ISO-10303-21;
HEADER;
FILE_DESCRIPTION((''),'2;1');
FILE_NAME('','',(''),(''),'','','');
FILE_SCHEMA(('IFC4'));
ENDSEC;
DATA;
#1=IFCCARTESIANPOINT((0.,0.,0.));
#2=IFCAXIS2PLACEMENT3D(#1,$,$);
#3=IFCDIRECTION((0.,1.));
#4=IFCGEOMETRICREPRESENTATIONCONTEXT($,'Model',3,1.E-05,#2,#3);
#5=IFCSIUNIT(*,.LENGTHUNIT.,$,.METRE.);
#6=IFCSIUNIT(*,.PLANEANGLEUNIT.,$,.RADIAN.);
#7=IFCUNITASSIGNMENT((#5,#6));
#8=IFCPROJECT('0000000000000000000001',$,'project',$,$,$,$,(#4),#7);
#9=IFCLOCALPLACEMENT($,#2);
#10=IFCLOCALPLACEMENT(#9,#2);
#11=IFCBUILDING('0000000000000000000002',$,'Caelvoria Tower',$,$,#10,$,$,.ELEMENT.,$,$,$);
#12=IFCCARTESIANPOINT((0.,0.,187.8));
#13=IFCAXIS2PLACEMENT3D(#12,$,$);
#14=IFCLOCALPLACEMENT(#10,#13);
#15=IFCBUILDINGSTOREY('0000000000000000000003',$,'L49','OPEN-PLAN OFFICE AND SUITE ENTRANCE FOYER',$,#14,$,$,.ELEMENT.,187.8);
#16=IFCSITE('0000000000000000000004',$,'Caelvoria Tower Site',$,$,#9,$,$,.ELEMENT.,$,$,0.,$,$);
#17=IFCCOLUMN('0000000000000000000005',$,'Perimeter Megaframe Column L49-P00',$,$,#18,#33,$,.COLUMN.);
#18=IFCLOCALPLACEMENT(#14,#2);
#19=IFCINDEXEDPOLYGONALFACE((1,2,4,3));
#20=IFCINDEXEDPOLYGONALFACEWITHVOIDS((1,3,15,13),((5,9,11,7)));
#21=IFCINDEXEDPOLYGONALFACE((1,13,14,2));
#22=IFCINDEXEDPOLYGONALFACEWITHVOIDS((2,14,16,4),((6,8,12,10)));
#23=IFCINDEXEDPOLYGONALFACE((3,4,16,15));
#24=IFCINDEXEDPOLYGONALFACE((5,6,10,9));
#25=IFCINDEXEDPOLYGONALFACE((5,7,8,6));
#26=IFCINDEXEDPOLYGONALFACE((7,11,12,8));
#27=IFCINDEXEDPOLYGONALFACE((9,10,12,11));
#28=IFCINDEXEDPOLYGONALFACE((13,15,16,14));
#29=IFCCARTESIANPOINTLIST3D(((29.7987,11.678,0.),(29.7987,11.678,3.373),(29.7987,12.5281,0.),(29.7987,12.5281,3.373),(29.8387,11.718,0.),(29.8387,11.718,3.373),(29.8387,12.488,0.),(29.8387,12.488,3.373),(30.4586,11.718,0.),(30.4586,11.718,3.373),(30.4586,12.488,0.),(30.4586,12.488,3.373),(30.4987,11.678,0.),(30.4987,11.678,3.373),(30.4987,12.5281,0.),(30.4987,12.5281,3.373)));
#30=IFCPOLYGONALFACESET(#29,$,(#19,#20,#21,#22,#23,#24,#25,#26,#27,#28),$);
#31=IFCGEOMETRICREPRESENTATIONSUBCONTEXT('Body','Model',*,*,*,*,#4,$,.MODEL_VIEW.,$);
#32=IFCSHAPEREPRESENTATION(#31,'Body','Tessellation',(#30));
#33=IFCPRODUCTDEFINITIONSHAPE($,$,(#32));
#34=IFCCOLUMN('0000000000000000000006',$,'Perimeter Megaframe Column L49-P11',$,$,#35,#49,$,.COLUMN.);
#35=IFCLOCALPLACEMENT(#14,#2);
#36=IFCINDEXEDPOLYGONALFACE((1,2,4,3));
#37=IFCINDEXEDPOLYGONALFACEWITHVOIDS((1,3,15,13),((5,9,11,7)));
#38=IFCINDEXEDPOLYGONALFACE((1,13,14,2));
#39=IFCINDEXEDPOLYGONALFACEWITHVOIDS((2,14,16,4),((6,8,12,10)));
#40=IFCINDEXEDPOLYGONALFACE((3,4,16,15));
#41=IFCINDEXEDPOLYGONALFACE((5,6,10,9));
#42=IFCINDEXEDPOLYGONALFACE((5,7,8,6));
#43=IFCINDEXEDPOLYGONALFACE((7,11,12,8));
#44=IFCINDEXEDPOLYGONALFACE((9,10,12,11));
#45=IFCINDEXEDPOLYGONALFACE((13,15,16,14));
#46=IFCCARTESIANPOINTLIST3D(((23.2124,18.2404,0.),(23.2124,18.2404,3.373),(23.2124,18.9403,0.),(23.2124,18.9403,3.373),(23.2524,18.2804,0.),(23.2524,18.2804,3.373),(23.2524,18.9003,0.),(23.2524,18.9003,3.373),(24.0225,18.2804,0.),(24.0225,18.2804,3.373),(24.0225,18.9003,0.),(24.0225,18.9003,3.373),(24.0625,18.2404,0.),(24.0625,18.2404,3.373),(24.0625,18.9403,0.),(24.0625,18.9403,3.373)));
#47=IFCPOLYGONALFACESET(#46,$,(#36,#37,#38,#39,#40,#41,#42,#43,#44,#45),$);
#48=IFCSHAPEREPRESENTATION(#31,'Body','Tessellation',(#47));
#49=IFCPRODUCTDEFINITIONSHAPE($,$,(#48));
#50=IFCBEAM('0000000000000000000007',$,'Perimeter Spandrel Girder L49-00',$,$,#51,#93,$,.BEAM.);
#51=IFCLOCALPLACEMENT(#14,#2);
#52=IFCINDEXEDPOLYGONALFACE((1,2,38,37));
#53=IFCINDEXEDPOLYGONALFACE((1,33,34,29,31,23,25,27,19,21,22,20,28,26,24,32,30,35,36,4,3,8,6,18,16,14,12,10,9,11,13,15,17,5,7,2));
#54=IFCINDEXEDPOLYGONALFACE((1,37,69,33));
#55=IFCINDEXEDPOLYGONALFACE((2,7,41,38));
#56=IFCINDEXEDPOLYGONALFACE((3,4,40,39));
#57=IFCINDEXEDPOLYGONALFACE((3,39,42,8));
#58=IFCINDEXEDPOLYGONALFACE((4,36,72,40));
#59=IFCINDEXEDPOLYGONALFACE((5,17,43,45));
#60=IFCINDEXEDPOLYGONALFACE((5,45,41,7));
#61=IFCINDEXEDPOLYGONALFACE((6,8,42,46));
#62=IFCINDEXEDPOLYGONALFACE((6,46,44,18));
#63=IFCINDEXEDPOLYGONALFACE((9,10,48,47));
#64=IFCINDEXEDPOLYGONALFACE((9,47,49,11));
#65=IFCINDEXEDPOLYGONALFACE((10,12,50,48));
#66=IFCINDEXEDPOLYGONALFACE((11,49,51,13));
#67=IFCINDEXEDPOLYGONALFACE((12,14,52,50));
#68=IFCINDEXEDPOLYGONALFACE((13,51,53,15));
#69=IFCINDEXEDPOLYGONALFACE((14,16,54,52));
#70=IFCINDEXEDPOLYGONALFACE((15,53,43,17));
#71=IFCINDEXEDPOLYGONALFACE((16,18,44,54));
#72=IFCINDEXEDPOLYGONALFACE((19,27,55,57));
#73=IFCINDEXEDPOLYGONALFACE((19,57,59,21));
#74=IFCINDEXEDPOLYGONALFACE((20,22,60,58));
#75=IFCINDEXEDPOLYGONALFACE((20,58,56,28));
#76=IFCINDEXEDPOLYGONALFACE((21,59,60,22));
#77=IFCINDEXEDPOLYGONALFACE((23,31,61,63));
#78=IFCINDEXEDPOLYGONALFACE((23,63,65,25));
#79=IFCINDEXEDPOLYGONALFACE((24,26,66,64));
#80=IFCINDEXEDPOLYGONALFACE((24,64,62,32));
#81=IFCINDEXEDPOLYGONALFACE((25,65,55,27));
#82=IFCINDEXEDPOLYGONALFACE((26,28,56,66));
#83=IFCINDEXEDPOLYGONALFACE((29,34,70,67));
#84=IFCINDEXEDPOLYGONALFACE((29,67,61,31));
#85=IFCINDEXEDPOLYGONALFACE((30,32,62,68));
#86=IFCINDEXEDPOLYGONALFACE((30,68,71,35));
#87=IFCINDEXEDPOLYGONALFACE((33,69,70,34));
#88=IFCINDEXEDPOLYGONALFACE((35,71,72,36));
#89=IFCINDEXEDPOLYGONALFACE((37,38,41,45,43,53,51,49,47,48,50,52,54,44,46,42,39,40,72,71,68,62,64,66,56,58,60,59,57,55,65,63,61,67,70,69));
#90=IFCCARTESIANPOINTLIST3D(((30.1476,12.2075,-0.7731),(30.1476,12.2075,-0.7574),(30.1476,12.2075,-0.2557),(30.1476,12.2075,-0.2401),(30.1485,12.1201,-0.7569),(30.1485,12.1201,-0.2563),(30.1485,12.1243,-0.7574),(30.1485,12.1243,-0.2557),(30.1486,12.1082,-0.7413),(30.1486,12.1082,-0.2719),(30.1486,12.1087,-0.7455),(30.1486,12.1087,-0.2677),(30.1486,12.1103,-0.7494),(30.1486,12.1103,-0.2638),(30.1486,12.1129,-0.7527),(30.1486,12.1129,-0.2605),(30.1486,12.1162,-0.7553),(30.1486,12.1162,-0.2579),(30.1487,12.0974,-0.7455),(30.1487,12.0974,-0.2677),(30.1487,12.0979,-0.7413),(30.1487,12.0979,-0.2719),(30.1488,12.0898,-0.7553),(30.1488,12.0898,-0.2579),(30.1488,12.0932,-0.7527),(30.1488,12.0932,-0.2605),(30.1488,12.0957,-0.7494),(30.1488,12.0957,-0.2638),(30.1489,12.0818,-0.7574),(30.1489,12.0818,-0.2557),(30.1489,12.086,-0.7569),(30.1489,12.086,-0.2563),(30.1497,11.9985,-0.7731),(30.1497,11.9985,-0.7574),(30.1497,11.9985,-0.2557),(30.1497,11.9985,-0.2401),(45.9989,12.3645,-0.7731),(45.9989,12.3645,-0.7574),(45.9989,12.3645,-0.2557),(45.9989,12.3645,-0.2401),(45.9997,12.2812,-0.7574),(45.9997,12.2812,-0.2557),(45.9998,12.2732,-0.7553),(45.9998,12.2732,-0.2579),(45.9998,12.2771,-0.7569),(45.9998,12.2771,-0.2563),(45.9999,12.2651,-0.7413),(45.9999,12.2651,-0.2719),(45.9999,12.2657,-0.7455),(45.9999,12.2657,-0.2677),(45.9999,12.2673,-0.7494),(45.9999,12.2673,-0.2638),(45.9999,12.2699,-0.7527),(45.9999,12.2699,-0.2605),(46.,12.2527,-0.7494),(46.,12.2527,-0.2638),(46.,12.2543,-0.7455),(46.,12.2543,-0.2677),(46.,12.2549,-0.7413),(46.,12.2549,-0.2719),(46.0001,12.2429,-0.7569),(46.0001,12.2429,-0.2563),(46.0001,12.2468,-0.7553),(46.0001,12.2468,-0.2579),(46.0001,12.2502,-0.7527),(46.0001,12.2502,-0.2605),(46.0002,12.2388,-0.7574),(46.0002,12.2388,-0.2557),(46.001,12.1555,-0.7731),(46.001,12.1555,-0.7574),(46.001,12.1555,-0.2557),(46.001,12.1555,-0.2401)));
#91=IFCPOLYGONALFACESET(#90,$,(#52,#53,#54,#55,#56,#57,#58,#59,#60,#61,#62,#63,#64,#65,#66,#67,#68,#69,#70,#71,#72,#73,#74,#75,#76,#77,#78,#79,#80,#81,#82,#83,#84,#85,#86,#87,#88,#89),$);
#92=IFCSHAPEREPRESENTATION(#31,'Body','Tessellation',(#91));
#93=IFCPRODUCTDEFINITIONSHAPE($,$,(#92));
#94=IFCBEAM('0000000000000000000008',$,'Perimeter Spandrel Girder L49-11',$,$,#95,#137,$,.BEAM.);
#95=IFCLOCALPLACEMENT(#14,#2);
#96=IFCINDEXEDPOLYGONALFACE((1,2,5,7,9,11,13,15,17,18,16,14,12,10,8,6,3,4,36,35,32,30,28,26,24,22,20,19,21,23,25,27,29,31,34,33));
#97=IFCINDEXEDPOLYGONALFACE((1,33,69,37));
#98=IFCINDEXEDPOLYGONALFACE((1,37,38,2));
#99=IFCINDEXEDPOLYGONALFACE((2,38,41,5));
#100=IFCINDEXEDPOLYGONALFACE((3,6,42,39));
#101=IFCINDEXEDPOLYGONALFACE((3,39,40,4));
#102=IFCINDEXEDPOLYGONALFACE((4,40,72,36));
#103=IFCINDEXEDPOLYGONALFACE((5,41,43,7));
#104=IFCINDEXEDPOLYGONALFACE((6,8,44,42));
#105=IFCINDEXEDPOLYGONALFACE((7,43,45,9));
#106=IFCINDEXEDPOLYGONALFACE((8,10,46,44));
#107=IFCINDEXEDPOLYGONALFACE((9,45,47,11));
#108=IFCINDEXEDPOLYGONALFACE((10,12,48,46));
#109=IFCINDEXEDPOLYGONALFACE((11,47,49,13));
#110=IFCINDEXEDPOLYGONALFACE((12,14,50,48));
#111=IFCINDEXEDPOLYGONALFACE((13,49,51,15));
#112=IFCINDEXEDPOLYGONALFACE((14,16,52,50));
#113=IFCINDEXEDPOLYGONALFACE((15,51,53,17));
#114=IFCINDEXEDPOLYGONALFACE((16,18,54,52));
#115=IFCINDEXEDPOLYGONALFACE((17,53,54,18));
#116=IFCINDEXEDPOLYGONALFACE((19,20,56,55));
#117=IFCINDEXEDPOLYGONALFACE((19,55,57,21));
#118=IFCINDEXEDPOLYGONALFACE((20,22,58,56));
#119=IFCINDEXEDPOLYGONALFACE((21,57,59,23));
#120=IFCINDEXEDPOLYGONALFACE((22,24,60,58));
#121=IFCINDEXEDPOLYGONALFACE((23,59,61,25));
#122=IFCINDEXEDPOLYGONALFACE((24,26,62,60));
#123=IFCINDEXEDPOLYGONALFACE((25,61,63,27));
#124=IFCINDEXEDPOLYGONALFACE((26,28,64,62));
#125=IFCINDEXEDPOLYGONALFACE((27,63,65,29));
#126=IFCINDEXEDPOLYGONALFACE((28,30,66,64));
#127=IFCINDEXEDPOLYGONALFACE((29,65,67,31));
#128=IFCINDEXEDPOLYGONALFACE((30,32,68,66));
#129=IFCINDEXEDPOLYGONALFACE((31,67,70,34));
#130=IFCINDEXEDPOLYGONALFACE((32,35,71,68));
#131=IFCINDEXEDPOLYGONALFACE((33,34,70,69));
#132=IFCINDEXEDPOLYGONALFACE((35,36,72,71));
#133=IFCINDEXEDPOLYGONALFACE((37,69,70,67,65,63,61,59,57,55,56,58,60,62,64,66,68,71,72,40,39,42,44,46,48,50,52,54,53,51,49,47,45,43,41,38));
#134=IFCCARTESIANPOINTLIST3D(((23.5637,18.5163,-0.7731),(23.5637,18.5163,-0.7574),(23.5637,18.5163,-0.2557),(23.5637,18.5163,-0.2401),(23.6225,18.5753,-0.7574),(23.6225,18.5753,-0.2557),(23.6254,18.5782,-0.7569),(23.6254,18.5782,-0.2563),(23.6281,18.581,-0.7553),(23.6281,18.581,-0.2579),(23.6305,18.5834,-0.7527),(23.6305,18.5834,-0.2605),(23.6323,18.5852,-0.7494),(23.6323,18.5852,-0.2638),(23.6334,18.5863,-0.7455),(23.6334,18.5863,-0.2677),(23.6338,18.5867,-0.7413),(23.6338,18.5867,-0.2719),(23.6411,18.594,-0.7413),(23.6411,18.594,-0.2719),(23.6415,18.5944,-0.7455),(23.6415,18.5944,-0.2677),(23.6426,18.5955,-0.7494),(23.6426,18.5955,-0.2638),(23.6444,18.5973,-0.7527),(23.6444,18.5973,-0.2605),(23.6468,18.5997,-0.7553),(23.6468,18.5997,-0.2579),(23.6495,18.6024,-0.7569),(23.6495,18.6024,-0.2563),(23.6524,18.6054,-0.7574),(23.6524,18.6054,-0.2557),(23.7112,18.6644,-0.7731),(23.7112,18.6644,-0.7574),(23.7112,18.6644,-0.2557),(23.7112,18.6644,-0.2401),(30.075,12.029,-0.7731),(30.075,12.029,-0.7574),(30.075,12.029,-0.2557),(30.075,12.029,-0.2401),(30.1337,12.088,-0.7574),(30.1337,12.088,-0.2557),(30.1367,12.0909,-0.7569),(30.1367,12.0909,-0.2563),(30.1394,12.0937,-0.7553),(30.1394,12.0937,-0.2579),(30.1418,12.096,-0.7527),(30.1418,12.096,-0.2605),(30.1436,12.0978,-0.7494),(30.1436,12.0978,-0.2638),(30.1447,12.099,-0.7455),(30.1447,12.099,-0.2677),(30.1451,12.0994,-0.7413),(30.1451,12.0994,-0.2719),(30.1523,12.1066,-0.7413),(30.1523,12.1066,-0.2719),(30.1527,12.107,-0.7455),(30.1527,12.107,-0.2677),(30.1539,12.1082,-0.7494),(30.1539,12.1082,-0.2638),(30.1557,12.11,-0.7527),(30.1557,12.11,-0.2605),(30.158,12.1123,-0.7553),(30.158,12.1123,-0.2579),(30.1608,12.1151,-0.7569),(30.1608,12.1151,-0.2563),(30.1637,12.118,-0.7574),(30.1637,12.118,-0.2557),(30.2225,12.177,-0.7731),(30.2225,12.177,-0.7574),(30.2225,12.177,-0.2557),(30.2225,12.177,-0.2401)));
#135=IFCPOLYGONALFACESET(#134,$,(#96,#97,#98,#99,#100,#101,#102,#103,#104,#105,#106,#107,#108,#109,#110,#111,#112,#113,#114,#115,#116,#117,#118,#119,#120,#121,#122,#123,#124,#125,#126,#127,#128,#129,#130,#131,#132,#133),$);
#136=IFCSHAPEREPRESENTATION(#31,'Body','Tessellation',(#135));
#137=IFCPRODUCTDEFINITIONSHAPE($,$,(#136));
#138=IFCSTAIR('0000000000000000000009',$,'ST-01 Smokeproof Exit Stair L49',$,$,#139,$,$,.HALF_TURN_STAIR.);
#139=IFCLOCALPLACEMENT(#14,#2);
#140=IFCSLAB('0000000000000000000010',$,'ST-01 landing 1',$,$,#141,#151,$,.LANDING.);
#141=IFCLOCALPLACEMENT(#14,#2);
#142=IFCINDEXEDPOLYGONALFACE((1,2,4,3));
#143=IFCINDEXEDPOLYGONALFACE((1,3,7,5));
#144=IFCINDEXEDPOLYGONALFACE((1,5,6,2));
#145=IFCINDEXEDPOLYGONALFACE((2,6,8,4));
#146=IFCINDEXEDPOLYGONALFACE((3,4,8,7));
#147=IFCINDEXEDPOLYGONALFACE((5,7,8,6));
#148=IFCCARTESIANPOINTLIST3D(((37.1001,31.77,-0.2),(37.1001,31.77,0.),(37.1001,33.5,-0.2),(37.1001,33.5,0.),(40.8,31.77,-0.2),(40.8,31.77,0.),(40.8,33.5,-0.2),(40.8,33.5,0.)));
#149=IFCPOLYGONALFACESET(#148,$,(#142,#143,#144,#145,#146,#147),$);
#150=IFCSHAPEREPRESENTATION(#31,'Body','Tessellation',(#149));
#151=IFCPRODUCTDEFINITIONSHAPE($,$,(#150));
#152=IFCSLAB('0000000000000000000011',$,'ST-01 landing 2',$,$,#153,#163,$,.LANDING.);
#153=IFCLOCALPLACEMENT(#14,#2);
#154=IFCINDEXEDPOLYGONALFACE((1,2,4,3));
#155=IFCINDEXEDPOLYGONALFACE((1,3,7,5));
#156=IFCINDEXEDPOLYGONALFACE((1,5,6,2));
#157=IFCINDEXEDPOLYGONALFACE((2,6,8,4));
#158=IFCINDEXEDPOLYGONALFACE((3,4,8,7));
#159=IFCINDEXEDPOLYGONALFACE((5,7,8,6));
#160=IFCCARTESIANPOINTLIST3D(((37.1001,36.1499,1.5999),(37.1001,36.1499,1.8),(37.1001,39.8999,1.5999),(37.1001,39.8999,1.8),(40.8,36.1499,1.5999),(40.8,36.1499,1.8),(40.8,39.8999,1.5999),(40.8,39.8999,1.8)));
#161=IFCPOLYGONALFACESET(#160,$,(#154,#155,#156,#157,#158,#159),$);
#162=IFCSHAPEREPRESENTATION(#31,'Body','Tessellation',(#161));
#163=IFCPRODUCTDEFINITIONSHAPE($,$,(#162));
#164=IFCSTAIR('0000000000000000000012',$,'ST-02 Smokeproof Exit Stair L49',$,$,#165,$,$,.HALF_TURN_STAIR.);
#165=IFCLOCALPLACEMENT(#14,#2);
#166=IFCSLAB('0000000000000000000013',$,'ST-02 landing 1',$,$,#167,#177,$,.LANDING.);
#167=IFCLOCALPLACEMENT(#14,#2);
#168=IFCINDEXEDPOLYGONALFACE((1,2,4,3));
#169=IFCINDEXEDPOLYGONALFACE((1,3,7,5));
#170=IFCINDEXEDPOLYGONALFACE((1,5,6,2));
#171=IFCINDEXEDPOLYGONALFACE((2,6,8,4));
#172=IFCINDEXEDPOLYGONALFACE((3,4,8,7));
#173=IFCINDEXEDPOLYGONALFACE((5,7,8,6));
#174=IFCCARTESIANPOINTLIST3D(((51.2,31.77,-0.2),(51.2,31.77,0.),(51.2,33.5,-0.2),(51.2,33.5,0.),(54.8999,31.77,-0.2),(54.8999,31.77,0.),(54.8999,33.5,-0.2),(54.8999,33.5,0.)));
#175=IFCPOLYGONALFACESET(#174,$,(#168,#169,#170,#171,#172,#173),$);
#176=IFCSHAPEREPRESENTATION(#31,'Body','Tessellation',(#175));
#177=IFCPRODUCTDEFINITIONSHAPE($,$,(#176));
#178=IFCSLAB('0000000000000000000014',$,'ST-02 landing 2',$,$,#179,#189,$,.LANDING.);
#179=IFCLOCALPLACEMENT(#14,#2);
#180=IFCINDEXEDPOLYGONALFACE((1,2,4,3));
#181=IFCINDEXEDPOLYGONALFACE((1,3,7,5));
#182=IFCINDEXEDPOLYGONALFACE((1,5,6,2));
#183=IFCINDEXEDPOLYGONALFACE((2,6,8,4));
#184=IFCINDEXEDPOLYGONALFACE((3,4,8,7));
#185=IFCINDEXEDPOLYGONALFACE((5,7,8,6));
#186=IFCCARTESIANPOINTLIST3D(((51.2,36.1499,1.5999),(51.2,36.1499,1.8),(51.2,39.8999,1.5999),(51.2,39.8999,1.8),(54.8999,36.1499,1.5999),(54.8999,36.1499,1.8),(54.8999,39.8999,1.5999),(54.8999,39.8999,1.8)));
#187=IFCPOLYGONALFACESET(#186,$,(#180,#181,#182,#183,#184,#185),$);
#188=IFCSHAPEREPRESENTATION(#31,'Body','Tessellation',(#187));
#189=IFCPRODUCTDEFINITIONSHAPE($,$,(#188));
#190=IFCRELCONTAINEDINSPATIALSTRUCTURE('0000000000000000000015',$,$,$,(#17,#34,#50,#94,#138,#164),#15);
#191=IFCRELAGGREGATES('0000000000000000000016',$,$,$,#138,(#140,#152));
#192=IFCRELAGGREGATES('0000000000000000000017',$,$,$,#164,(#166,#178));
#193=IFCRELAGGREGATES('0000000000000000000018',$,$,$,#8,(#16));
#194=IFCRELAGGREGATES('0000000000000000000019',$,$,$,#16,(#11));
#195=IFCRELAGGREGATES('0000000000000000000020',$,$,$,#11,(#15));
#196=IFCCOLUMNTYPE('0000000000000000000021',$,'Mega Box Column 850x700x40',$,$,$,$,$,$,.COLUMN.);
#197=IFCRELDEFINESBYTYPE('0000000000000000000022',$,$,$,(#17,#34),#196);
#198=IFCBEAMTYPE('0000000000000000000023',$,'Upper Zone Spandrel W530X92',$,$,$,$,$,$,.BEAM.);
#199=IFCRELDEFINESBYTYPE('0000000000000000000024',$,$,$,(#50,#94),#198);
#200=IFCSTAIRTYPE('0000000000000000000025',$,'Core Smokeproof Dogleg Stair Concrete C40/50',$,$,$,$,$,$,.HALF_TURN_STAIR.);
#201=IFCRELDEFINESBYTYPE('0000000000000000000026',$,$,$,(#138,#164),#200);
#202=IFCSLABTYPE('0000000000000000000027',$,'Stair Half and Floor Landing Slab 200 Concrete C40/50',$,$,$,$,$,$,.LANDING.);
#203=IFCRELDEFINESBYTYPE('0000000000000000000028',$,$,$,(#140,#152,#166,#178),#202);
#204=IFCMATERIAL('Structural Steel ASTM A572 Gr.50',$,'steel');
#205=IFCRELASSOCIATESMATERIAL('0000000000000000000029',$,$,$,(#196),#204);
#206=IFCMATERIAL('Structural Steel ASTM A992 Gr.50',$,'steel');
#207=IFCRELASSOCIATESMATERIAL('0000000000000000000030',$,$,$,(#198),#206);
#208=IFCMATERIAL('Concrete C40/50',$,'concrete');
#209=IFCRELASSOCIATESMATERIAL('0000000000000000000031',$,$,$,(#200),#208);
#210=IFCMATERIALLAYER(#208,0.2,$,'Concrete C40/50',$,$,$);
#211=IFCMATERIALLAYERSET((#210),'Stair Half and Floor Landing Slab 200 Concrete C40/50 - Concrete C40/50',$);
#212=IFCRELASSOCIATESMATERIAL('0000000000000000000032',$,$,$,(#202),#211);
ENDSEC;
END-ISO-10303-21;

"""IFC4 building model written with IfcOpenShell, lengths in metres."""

from ifc_helpers import new_model, si_unit, direction, frame, origin, origin_2d, place, context, subcontext, project, spatial, polyline, hollow_rectangle, i_section, outline, extrude, material, layer, layer_set, material_profile, profile_set, type_object, element, aggregate, save


model = new_model("IFC4")

# Units and contexts
model_context = context("Model", 3, precision=1e-05, world=origin(), true_north=direction((0.0, 1.0)))
body_context = subcontext(model_context, "Body", "Model", "MODEL_VIEW")
ifc_project = project(units=[si_unit("LENGTHUNIT", "METRE"), si_unit("PLANEANGLEUNIT", "RADIAN")], contexts=[model_context])

# Site, building, storey
site_placement = place(None, origin())
site = spatial("IfcSite", under=ifc_project, at=site_placement, Name="Caelvoria Tower Site", CompositionType="ELEMENT", RefElevation=0.0)
building_placement = place(site_placement, origin())
building = spatial("IfcBuilding", under=site, at=building_placement, Name="Caelvoria Tower", CompositionType="ELEMENT")
storey_placement = place(building_placement, frame((0.0, 0.0, 187.8)))
storey = spatial("IfcBuildingStorey", under=building, at=storey_placement, Name="L49", Description="OPEN-PLAN OFFICE AND SUITE ENTRANCE FOYER", CompositionType="ELEMENT", Elevation=187.8)

# Columns
ifc_material_1 = material(Name="Structural Steel ASTM A572 Gr.50", Category="steel")
ifc_material_profile_1 = material_profile(ifc_material_1, hollow_rectangle(XDim=0.7, YDim=0.8501, WallThickness=0.04, at=origin_2d()), Name="Structural Steel ASTM A572 Gr.50")
ifc_profile_set_1 = profile_set([ifc_material_profile_1], Name="BOX850X700X40 - Structural Steel ASTM A572 Gr.50")
column_type = type_object("IfcColumnType", Name="Mega Box Column 850x700x40", PredefinedType="COLUMN", material=ifc_profile_set_1)
for number, where, z_axis, x_axis, name in (
    (1, (30.1487, 12.103, 0.0), (0.0, 0.0, 1.0), (1.0, 0.0, 0.0), "Perimeter Megaframe Column L49-P00"),
    (2, (23.6375, 18.5903, 0.0), (0.0, 0.0, 1.0), (0.0, 1.0, 0.0), "Perimeter Megaframe Column L49-P11"),
):
    element("IfcColumn", number, at=place(storey_placement, frame(where, z_axis=z_axis, x_axis=x_axis)), inside=storey, type_object=column_type, Name=name, PredefinedType="COLUMN", context=body_context, shape_type="SweptSolid", body=[
        extrude(hollow_rectangle(XDim=0.7, YDim=0.8501, WallThickness=0.04, at=origin_2d()), origin(), (0.0, 0.0, 1.0), 3.373),
    ])

# Beams
ifc_material_2 = material(Name="Structural Steel ASTM A992 Gr.50", Category="steel")
ifc_material_profile_2 = material_profile(ifc_material_2, i_section(OverallWidth=0.209, OverallDepth=0.533, WebThickness=0.0103, FlangeThickness=0.0156, FilletRadius=0.0161, at=origin_2d()), Name="Structural Steel ASTM A992 Gr.50")
ifc_profile_set_2 = profile_set([ifc_material_profile_2], Name="W530X92 - Structural Steel ASTM A992 Gr.50")
beam_type = type_object("IfcBeamType", Name="Upper Zone Spandrel W530X92", PredefinedType="BEAM", material=ifc_profile_set_2)
beam_1_placement = place(storey_placement, frame((30.1487, 12.103, -0.5066), z_axis=(0.999951, 0.009903, 0.0), x_axis=(-0.009903, 0.999951, 0.0)))
element("IfcBeam", 3, at=beam_1_placement, inside=storey, type_object=beam_type, Name="Perimeter Spandrel Girder L49-00", PredefinedType="BEAM", context=body_context, shape_type="SweptSolid", body=[
    extrude(i_section(OverallWidth=0.209, OverallDepth=0.533, WebThickness=0.0103, FlangeThickness=0.0156, FilletRadius=0.0161, at=origin_2d()), origin(), (0.0, 0.0, 1.0), 15.8521),
])
beam_2_placement = place(storey_placement, frame((23.6375, 18.5903, -0.5066), z_axis=(0.708407, -0.705804, 0.0), x_axis=(0.705804, 0.708407, 0.0)))
element("IfcBeam", 4, at=beam_2_placement, inside=storey, type_object=beam_type, Name="Perimeter Spandrel Girder L49-11", PredefinedType="BEAM", context=body_context, shape_type="SweptSolid", body=[
    extrude(i_section(OverallWidth=0.209, OverallDepth=0.533, WebThickness=0.0103, FlangeThickness=0.0156, FilletRadius=0.0161, at=origin_2d()), origin(), (0.0, 0.0, 1.0), 9.1914),
])

# Stairs, slabs
ifc_material_3 = material(Name="Concrete C40/50", Category="concrete")
stair_type = type_object("IfcStairType", Name="Core Smokeproof Dogleg Stair Concrete C40/50", PredefinedType="HALF_TURN_STAIR", material=ifc_material_3)
stair_1_placement = place(storey_placement, origin())
stair_1 = element("IfcStair", 5, at=stair_1_placement, inside=storey, type_object=stair_type, Name="ST-01 Smokeproof Exit Stair L49", PredefinedType="HALF_TURN_STAIR")
ifc_layer_1 = layer(ifc_material_3, 0.2, Name="Concrete C40/50")
ifc_layer_set_1 = layer_set([ifc_layer_1], Name="Stair Half and Floor Landing Slab 200 Concrete C40/50 - Concrete C40/50")
slab_type_1 = type_object("IfcSlabType", Name="Stair Half and Floor Landing Slab 200 Concrete C40/50", PredefinedType="LANDING", material=ifc_layer_set_1)
slab_1_placement = place(storey_placement, frame((0.0, 0.0, -0.2)))
slab_1 = element("IfcSlab", 6, at=slab_1_placement, type_object=slab_type_1, Name="ST-01 landing 1", PredefinedType="LANDING", context=body_context, shape_type="SweptSolid", body=[
    extrude(outline(polyline([(37.1001, 31.77), (40.8, 31.77), (40.8, 33.5), (37.1001, 33.5), (37.1001, 31.77)])), origin(), (0.0, 0.0, 1.0), 0.2),
])
slab_2_placement = place(storey_placement, frame((0.0, 0.0, 1.5999)))
slab_2 = element("IfcSlab", 7, at=slab_2_placement, type_object=slab_type_1, Name="ST-01 landing 2", PredefinedType="LANDING", context=body_context, shape_type="SweptSolid", body=[
    extrude(outline(polyline([(37.1001, 36.1499), (40.8, 36.1499), (40.8, 39.8999), (37.1001, 39.8999), (37.1001, 36.1499)])), origin(), (0.0, 0.0, 1.0), 0.2002),
])
aggregate(stair_1, [slab_1, slab_2])
stair_2_placement = place(storey_placement, origin())
stair_2 = element("IfcStair", 8, at=stair_2_placement, inside=storey, type_object=stair_type, Name="ST-02 Smokeproof Exit Stair L49", PredefinedType="HALF_TURN_STAIR")
slab_3_placement = place(storey_placement, frame((0.0, 0.0, -0.2)))
slab_3 = element("IfcSlab", 9, at=slab_3_placement, type_object=slab_type_1, Name="ST-02 landing 1", PredefinedType="LANDING", context=body_context, shape_type="SweptSolid", body=[
    extrude(outline(polyline([(51.2, 31.77), (54.8999, 31.77), (54.8999, 33.5), (51.2, 33.5), (51.2, 31.77)])), origin(), (0.0, 0.0, 1.0), 0.2),
])
slab_4_placement = place(storey_placement, frame((0.0, 0.0, 1.5999)))
slab_4 = element("IfcSlab", 10, at=slab_4_placement, type_object=slab_type_1, Name="ST-02 landing 2", PredefinedType="LANDING", context=body_context, shape_type="SweptSolid", body=[
    extrude(outline(polyline([(51.2, 36.1499), (54.8999, 36.1499), (54.8999, 39.8999), (51.2, 39.8999), (51.2, 36.1499)])), origin(), (0.0, 0.0, 1.0), 0.2002),
])
aggregate(stair_2, [slab_3, slab_4])

save(model, "model.ifc")
